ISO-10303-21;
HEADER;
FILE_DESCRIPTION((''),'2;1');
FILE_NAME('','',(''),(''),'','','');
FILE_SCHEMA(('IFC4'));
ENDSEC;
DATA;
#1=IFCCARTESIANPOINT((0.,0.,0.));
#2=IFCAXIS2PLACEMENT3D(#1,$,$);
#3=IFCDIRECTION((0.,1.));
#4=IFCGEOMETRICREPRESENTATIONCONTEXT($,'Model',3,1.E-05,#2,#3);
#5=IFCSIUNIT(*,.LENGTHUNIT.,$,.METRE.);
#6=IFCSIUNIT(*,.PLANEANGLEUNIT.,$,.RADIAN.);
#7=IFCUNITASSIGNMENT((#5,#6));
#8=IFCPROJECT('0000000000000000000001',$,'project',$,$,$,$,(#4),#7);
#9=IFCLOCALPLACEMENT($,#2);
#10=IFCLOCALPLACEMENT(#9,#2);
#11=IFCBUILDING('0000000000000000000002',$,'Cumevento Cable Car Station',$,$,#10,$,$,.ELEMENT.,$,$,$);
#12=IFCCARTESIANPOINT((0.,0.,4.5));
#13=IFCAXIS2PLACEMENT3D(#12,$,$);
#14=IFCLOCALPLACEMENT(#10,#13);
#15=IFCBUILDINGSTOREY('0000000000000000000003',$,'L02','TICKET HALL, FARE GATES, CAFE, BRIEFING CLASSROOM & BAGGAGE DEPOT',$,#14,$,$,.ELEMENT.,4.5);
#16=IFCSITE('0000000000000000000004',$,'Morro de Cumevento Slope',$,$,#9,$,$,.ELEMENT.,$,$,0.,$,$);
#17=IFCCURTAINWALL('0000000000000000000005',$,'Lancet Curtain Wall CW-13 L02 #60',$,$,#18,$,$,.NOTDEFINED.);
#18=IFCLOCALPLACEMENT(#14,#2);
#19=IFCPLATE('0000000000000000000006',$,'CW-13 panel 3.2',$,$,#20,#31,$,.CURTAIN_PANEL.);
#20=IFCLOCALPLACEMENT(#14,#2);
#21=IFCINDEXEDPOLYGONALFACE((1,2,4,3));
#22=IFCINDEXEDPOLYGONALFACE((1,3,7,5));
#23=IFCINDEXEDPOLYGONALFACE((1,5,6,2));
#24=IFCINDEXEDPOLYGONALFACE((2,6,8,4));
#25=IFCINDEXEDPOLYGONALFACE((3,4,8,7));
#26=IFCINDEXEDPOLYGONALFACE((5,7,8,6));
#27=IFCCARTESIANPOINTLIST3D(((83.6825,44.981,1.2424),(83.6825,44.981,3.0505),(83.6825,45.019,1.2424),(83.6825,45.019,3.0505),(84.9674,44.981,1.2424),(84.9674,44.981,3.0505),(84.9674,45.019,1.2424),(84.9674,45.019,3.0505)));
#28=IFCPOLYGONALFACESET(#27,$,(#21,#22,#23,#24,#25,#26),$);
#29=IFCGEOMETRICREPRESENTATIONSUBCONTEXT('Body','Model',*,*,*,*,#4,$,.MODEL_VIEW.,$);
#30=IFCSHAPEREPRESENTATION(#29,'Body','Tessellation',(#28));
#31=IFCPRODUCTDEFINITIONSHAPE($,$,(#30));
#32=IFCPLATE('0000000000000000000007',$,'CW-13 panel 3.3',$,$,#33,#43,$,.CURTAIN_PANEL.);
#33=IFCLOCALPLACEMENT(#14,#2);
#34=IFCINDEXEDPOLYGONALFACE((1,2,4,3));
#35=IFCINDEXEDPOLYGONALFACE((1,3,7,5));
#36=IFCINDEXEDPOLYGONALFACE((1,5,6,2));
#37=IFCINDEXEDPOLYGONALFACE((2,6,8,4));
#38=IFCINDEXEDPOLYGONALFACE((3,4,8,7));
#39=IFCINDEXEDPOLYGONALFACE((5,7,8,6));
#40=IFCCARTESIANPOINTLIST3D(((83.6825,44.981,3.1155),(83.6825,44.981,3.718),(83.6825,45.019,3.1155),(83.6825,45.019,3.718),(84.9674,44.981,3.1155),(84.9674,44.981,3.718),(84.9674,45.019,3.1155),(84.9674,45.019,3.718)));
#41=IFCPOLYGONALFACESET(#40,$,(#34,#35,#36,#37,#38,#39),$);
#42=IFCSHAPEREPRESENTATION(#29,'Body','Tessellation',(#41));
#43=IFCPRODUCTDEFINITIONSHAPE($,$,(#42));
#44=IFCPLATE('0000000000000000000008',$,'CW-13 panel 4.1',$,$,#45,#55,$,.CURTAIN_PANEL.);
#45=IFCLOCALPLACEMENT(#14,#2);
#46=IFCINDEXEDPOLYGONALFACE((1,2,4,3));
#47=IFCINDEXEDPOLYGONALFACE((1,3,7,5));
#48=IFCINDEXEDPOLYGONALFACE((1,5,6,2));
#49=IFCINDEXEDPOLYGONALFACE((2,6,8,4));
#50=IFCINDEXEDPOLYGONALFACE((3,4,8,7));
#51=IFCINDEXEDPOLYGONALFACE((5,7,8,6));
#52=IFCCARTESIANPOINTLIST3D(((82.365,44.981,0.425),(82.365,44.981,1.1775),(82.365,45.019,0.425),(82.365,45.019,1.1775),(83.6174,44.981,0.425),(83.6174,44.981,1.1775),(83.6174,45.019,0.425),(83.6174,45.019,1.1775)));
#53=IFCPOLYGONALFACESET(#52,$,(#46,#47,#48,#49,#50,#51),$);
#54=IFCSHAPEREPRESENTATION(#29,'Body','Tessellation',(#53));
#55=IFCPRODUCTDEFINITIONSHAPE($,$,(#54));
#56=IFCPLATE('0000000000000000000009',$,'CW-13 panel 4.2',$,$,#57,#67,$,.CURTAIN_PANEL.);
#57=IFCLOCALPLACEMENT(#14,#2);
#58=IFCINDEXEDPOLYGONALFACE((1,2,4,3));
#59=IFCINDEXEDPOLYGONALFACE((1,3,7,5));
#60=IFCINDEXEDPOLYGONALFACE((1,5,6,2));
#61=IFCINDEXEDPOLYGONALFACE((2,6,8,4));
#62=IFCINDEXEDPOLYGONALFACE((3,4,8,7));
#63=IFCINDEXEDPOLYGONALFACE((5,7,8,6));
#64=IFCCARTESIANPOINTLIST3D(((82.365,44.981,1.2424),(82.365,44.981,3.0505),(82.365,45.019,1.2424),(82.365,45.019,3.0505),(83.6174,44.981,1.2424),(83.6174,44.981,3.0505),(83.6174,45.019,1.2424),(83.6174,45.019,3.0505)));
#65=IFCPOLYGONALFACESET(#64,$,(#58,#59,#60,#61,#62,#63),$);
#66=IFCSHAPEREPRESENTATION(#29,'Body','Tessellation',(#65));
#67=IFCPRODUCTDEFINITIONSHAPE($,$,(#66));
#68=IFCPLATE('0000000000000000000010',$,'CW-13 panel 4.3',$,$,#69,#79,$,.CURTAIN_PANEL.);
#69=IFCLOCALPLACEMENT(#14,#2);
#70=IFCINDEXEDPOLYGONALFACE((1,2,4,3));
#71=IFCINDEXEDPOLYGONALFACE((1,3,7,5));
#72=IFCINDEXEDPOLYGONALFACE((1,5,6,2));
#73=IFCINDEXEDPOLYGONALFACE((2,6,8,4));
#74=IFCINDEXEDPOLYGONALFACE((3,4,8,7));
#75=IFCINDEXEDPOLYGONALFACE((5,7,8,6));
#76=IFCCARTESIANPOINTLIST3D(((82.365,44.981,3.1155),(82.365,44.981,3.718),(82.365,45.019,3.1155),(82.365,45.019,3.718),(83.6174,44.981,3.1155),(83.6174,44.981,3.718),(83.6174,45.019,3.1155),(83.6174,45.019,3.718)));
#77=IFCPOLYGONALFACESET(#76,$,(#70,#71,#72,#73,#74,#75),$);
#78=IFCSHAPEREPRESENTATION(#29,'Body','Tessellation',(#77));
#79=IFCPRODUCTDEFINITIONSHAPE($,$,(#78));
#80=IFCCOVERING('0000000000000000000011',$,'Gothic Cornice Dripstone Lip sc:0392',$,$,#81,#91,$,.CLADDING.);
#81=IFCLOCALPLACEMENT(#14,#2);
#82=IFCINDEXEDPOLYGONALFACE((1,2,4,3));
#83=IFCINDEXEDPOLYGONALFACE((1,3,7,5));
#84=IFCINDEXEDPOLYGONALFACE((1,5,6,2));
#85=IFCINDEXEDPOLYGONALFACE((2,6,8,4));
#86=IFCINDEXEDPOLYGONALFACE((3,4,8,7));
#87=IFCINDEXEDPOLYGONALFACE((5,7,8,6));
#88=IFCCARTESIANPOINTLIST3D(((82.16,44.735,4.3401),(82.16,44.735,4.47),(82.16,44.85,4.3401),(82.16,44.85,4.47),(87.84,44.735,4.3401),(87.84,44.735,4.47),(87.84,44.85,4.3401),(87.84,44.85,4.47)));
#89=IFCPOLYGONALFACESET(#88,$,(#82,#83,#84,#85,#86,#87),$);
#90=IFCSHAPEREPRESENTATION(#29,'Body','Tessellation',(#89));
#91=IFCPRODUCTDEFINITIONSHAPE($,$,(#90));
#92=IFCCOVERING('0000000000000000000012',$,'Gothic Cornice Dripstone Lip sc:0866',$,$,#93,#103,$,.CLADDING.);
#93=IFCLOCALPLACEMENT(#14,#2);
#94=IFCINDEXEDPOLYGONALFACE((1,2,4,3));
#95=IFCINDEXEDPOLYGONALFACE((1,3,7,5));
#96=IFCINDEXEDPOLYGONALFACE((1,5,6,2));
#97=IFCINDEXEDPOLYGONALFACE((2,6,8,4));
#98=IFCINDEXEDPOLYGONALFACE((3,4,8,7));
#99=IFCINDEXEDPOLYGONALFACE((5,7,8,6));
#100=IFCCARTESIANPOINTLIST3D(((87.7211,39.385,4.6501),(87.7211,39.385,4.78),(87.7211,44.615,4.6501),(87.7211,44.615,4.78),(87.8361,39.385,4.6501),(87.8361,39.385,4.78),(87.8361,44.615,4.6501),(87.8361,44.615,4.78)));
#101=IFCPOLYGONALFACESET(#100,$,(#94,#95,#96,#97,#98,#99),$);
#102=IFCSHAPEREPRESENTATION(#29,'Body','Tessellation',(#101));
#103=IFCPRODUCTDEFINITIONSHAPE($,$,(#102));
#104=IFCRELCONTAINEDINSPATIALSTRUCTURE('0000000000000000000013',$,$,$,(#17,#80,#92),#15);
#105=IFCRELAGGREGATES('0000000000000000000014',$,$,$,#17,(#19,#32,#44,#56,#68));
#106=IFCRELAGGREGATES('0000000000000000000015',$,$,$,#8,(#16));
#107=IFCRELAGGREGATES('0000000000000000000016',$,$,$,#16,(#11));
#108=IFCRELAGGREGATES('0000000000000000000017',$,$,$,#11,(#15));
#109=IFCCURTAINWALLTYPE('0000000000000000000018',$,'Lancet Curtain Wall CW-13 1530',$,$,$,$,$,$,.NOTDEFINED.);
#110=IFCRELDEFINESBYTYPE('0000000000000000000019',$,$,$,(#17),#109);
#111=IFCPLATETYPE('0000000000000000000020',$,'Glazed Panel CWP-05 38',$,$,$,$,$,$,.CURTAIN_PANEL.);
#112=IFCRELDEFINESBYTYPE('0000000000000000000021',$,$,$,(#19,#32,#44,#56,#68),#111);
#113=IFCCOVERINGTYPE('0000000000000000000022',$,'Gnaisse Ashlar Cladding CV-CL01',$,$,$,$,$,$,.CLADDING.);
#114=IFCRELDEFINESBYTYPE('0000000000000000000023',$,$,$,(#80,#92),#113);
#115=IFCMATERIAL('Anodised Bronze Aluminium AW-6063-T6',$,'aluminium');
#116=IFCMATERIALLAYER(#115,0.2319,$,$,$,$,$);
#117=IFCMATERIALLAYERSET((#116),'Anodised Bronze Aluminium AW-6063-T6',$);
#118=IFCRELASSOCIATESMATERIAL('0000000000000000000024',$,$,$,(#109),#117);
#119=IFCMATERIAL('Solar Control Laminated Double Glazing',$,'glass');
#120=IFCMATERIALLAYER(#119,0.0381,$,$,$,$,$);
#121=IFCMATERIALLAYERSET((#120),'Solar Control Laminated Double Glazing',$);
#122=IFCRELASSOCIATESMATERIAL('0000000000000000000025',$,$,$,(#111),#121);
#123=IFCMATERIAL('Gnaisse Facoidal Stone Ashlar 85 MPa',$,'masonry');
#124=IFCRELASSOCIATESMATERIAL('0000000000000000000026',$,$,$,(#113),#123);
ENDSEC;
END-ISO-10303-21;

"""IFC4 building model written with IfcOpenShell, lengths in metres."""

from ifc_helpers import new_model, si_unit, direction, frame, origin, origin_2d, place, context, subcontext, project, spatial, rectangle, extrude, material, layer, layer_set, type_object, element, aggregate, save


model = new_model("IFC4")

# Units and contexts
model_context = context("Model", 3, precision=1e-05, world=origin(), true_north=direction((0.0, 1.0)))
body_context = subcontext(model_context, "Body", "Model", "MODEL_VIEW")
ifc_project = project(units=[si_unit("LENGTHUNIT", "METRE"), si_unit("PLANEANGLEUNIT", "RADIAN")], contexts=[model_context])

# Site, building, storey
site_placement = place(None, origin())
site = spatial("IfcSite", under=ifc_project, at=site_placement, Name="Morro de Cumevento Slope", CompositionType="ELEMENT", RefElevation=0.0)
building_placement = place(site_placement, origin())
building = spatial("IfcBuilding", under=site, at=building_placement, Name="Cumevento Cable Car Station", CompositionType="ELEMENT")
storey_placement = place(building_placement, frame((0.0, 0.0, 4.5)))
storey = spatial("IfcBuildingStorey", under=building, at=storey_placement, Name="L02", Description="TICKET HALL, FARE GATES, CAFE, BRIEFING CLASSROOM & BAGGAGE DEPOT", CompositionType="ELEMENT", Elevation=4.5)

# Curtain wall
ifc_material_1 = material(Name="Anodised Bronze Aluminium AW-6063-T6", Category="aluminium")
ifc_layer_1 = layer(ifc_material_1, 0.2319)
ifc_layer_set_1 = layer_set([ifc_layer_1], Name="Anodised Bronze Aluminium AW-6063-T6")
curtain_wall_type = type_object("IfcCurtainWallType", Name="Lancet Curtain Wall CW-13 1530", PredefinedType="NOTDEFINED", material=ifc_layer_set_1)
curtain_wall_placement = place(storey_placement, origin())
curtain_wall = element("IfcCurtainWall", 1, at=curtain_wall_placement, inside=storey, type_object=curtain_wall_type, Name="Lancet Curtain Wall CW-13 L02 #60", PredefinedType="NOTDEFINED")

# Plates
ifc_material_2 = material(Name="Solar Control Laminated Double Glazing", Category="glass")
ifc_layer_2 = layer(ifc_material_2, 0.0381)
ifc_layer_set_2 = layer_set([ifc_layer_2], Name="Solar Control Laminated Double Glazing")
plate_type = type_object("IfcPlateType", Name="Glazed Panel CWP-05 38", PredefinedType="CURTAIN_PANEL", material=ifc_layer_set_2)
plate_1_placement = place(storey_placement, frame((84.325, 45.0, 1.2424), z_axis=(0.0, 0.0, 1.0), x_axis=(-1.0, 0.0, 0.0)))
plate_1 = element("IfcPlate", 2, at=plate_1_placement, type_object=plate_type, Name="CW-13 panel 3.2", PredefinedType="CURTAIN_PANEL", context=body_context, shape_type="SweptSolid", body=[
    extrude(rectangle(XDim=1.2849, YDim=0.0381, at=origin_2d()), origin(), (0.0, 0.0, 1.0), 1.8081),
])
plate_2_placement = place(storey_placement, frame((84.325, 45.0, 3.1155), z_axis=(0.0, 0.0, 1.0), x_axis=(-1.0, 0.0, 0.0)))
plate_2 = element("IfcPlate", 3, at=plate_2_placement, type_object=plate_type, Name="CW-13 panel 3.3", PredefinedType="CURTAIN_PANEL", context=body_context, shape_type="SweptSolid", body=[
    extrude(rectangle(XDim=1.2849, YDim=0.0381, at=origin_2d()), origin(), (0.0, 0.0, 1.0), 0.6025),
])
plate_3_placement = place(storey_placement, frame((82.9912, 45.0, 0.425), z_axis=(0.0, 0.0, 1.0), x_axis=(-1.0, 0.0, 0.0)))
plate_3 = element("IfcPlate", 4, at=plate_3_placement, type_object=plate_type, Name="CW-13 panel 4.1", PredefinedType="CURTAIN_PANEL", context=body_context, shape_type="SweptSolid", body=[
    extrude(rectangle(XDim=1.2524, YDim=0.0381, at=origin_2d()), origin(), (0.0, 0.0, 1.0), 0.7524),
])
plate_4_placement = place(storey_placement, frame((82.9912, 45.0, 1.2424), z_axis=(0.0, 0.0, 1.0), x_axis=(-1.0, 0.0, 0.0)))
plate_4 = element("IfcPlate", 5, at=plate_4_placement, type_object=plate_type, Name="CW-13 panel 4.2", PredefinedType="CURTAIN_PANEL", context=body_context, shape_type="SweptSolid", body=[
    extrude(rectangle(XDim=1.2524, YDim=0.0381, at=origin_2d()), origin(), (0.0, 0.0, 1.0), 1.8081),
])
plate_5_placement = place(storey_placement, frame((82.9912, 45.0, 3.1155), z_axis=(0.0, 0.0, 1.0), x_axis=(-1.0, 0.0, 0.0)))
plate_5 = element("IfcPlate", 6, at=plate_5_placement, type_object=plate_type, Name="CW-13 panel 4.3", PredefinedType="CURTAIN_PANEL", context=body_context, shape_type="SweptSolid", body=[
    extrude(rectangle(XDim=1.2524, YDim=0.0381, at=origin_2d()), origin(), (0.0, 0.0, 1.0), 0.6025),
])
aggregate(curtain_wall, [plate_1, plate_2, plate_3, plate_4, plate_5])

# Coverings
ifc_material_3 = material(Name="Gnaisse Facoidal Stone Ashlar 85 MPa", Category="masonry")
covering_type = type_object("IfcCoveringType", Name="Gnaisse Ashlar Cladding CV-CL01", PredefinedType="CLADDING", material=ifc_material_3)
covering_1_placement = place(storey_placement, frame((85.0, 44.7925, 4.3401), z_axis=(0.0, 0.0, 1.0), x_axis=(-1.0, 0.0, 0.0)))
element("IfcCovering", 7, at=covering_1_placement, inside=storey, type_object=covering_type, Name="Gothic Cornice Dripstone Lip sc:0392", PredefinedType="CLADDING", context=body_context, shape_type="SweptSolid", body=[
    extrude(rectangle(XDim=5.6799, YDim=0.115, at=origin_2d()), origin(), (0.0, 0.0, 1.0), 0.1299),
])
covering_2_placement = place(storey_placement, frame((87.7786, 42.0, 4.6501), z_axis=(0.0, 0.0, 1.0), x_axis=(0.0, 1.0, 0.0)))
element("IfcCovering", 8, at=covering_2_placement, inside=storey, type_object=covering_type, Name="Gothic Cornice Dripstone Lip sc:0866", PredefinedType="CLADDING", context=body_context, shape_type="SweptSolid", body=[
    extrude(rectangle(XDim=5.23, YDim=0.115, at=origin_2d()), origin(), (0.0, 0.0, 1.0), 0.1299),
])

save(model, "model.ifc")
